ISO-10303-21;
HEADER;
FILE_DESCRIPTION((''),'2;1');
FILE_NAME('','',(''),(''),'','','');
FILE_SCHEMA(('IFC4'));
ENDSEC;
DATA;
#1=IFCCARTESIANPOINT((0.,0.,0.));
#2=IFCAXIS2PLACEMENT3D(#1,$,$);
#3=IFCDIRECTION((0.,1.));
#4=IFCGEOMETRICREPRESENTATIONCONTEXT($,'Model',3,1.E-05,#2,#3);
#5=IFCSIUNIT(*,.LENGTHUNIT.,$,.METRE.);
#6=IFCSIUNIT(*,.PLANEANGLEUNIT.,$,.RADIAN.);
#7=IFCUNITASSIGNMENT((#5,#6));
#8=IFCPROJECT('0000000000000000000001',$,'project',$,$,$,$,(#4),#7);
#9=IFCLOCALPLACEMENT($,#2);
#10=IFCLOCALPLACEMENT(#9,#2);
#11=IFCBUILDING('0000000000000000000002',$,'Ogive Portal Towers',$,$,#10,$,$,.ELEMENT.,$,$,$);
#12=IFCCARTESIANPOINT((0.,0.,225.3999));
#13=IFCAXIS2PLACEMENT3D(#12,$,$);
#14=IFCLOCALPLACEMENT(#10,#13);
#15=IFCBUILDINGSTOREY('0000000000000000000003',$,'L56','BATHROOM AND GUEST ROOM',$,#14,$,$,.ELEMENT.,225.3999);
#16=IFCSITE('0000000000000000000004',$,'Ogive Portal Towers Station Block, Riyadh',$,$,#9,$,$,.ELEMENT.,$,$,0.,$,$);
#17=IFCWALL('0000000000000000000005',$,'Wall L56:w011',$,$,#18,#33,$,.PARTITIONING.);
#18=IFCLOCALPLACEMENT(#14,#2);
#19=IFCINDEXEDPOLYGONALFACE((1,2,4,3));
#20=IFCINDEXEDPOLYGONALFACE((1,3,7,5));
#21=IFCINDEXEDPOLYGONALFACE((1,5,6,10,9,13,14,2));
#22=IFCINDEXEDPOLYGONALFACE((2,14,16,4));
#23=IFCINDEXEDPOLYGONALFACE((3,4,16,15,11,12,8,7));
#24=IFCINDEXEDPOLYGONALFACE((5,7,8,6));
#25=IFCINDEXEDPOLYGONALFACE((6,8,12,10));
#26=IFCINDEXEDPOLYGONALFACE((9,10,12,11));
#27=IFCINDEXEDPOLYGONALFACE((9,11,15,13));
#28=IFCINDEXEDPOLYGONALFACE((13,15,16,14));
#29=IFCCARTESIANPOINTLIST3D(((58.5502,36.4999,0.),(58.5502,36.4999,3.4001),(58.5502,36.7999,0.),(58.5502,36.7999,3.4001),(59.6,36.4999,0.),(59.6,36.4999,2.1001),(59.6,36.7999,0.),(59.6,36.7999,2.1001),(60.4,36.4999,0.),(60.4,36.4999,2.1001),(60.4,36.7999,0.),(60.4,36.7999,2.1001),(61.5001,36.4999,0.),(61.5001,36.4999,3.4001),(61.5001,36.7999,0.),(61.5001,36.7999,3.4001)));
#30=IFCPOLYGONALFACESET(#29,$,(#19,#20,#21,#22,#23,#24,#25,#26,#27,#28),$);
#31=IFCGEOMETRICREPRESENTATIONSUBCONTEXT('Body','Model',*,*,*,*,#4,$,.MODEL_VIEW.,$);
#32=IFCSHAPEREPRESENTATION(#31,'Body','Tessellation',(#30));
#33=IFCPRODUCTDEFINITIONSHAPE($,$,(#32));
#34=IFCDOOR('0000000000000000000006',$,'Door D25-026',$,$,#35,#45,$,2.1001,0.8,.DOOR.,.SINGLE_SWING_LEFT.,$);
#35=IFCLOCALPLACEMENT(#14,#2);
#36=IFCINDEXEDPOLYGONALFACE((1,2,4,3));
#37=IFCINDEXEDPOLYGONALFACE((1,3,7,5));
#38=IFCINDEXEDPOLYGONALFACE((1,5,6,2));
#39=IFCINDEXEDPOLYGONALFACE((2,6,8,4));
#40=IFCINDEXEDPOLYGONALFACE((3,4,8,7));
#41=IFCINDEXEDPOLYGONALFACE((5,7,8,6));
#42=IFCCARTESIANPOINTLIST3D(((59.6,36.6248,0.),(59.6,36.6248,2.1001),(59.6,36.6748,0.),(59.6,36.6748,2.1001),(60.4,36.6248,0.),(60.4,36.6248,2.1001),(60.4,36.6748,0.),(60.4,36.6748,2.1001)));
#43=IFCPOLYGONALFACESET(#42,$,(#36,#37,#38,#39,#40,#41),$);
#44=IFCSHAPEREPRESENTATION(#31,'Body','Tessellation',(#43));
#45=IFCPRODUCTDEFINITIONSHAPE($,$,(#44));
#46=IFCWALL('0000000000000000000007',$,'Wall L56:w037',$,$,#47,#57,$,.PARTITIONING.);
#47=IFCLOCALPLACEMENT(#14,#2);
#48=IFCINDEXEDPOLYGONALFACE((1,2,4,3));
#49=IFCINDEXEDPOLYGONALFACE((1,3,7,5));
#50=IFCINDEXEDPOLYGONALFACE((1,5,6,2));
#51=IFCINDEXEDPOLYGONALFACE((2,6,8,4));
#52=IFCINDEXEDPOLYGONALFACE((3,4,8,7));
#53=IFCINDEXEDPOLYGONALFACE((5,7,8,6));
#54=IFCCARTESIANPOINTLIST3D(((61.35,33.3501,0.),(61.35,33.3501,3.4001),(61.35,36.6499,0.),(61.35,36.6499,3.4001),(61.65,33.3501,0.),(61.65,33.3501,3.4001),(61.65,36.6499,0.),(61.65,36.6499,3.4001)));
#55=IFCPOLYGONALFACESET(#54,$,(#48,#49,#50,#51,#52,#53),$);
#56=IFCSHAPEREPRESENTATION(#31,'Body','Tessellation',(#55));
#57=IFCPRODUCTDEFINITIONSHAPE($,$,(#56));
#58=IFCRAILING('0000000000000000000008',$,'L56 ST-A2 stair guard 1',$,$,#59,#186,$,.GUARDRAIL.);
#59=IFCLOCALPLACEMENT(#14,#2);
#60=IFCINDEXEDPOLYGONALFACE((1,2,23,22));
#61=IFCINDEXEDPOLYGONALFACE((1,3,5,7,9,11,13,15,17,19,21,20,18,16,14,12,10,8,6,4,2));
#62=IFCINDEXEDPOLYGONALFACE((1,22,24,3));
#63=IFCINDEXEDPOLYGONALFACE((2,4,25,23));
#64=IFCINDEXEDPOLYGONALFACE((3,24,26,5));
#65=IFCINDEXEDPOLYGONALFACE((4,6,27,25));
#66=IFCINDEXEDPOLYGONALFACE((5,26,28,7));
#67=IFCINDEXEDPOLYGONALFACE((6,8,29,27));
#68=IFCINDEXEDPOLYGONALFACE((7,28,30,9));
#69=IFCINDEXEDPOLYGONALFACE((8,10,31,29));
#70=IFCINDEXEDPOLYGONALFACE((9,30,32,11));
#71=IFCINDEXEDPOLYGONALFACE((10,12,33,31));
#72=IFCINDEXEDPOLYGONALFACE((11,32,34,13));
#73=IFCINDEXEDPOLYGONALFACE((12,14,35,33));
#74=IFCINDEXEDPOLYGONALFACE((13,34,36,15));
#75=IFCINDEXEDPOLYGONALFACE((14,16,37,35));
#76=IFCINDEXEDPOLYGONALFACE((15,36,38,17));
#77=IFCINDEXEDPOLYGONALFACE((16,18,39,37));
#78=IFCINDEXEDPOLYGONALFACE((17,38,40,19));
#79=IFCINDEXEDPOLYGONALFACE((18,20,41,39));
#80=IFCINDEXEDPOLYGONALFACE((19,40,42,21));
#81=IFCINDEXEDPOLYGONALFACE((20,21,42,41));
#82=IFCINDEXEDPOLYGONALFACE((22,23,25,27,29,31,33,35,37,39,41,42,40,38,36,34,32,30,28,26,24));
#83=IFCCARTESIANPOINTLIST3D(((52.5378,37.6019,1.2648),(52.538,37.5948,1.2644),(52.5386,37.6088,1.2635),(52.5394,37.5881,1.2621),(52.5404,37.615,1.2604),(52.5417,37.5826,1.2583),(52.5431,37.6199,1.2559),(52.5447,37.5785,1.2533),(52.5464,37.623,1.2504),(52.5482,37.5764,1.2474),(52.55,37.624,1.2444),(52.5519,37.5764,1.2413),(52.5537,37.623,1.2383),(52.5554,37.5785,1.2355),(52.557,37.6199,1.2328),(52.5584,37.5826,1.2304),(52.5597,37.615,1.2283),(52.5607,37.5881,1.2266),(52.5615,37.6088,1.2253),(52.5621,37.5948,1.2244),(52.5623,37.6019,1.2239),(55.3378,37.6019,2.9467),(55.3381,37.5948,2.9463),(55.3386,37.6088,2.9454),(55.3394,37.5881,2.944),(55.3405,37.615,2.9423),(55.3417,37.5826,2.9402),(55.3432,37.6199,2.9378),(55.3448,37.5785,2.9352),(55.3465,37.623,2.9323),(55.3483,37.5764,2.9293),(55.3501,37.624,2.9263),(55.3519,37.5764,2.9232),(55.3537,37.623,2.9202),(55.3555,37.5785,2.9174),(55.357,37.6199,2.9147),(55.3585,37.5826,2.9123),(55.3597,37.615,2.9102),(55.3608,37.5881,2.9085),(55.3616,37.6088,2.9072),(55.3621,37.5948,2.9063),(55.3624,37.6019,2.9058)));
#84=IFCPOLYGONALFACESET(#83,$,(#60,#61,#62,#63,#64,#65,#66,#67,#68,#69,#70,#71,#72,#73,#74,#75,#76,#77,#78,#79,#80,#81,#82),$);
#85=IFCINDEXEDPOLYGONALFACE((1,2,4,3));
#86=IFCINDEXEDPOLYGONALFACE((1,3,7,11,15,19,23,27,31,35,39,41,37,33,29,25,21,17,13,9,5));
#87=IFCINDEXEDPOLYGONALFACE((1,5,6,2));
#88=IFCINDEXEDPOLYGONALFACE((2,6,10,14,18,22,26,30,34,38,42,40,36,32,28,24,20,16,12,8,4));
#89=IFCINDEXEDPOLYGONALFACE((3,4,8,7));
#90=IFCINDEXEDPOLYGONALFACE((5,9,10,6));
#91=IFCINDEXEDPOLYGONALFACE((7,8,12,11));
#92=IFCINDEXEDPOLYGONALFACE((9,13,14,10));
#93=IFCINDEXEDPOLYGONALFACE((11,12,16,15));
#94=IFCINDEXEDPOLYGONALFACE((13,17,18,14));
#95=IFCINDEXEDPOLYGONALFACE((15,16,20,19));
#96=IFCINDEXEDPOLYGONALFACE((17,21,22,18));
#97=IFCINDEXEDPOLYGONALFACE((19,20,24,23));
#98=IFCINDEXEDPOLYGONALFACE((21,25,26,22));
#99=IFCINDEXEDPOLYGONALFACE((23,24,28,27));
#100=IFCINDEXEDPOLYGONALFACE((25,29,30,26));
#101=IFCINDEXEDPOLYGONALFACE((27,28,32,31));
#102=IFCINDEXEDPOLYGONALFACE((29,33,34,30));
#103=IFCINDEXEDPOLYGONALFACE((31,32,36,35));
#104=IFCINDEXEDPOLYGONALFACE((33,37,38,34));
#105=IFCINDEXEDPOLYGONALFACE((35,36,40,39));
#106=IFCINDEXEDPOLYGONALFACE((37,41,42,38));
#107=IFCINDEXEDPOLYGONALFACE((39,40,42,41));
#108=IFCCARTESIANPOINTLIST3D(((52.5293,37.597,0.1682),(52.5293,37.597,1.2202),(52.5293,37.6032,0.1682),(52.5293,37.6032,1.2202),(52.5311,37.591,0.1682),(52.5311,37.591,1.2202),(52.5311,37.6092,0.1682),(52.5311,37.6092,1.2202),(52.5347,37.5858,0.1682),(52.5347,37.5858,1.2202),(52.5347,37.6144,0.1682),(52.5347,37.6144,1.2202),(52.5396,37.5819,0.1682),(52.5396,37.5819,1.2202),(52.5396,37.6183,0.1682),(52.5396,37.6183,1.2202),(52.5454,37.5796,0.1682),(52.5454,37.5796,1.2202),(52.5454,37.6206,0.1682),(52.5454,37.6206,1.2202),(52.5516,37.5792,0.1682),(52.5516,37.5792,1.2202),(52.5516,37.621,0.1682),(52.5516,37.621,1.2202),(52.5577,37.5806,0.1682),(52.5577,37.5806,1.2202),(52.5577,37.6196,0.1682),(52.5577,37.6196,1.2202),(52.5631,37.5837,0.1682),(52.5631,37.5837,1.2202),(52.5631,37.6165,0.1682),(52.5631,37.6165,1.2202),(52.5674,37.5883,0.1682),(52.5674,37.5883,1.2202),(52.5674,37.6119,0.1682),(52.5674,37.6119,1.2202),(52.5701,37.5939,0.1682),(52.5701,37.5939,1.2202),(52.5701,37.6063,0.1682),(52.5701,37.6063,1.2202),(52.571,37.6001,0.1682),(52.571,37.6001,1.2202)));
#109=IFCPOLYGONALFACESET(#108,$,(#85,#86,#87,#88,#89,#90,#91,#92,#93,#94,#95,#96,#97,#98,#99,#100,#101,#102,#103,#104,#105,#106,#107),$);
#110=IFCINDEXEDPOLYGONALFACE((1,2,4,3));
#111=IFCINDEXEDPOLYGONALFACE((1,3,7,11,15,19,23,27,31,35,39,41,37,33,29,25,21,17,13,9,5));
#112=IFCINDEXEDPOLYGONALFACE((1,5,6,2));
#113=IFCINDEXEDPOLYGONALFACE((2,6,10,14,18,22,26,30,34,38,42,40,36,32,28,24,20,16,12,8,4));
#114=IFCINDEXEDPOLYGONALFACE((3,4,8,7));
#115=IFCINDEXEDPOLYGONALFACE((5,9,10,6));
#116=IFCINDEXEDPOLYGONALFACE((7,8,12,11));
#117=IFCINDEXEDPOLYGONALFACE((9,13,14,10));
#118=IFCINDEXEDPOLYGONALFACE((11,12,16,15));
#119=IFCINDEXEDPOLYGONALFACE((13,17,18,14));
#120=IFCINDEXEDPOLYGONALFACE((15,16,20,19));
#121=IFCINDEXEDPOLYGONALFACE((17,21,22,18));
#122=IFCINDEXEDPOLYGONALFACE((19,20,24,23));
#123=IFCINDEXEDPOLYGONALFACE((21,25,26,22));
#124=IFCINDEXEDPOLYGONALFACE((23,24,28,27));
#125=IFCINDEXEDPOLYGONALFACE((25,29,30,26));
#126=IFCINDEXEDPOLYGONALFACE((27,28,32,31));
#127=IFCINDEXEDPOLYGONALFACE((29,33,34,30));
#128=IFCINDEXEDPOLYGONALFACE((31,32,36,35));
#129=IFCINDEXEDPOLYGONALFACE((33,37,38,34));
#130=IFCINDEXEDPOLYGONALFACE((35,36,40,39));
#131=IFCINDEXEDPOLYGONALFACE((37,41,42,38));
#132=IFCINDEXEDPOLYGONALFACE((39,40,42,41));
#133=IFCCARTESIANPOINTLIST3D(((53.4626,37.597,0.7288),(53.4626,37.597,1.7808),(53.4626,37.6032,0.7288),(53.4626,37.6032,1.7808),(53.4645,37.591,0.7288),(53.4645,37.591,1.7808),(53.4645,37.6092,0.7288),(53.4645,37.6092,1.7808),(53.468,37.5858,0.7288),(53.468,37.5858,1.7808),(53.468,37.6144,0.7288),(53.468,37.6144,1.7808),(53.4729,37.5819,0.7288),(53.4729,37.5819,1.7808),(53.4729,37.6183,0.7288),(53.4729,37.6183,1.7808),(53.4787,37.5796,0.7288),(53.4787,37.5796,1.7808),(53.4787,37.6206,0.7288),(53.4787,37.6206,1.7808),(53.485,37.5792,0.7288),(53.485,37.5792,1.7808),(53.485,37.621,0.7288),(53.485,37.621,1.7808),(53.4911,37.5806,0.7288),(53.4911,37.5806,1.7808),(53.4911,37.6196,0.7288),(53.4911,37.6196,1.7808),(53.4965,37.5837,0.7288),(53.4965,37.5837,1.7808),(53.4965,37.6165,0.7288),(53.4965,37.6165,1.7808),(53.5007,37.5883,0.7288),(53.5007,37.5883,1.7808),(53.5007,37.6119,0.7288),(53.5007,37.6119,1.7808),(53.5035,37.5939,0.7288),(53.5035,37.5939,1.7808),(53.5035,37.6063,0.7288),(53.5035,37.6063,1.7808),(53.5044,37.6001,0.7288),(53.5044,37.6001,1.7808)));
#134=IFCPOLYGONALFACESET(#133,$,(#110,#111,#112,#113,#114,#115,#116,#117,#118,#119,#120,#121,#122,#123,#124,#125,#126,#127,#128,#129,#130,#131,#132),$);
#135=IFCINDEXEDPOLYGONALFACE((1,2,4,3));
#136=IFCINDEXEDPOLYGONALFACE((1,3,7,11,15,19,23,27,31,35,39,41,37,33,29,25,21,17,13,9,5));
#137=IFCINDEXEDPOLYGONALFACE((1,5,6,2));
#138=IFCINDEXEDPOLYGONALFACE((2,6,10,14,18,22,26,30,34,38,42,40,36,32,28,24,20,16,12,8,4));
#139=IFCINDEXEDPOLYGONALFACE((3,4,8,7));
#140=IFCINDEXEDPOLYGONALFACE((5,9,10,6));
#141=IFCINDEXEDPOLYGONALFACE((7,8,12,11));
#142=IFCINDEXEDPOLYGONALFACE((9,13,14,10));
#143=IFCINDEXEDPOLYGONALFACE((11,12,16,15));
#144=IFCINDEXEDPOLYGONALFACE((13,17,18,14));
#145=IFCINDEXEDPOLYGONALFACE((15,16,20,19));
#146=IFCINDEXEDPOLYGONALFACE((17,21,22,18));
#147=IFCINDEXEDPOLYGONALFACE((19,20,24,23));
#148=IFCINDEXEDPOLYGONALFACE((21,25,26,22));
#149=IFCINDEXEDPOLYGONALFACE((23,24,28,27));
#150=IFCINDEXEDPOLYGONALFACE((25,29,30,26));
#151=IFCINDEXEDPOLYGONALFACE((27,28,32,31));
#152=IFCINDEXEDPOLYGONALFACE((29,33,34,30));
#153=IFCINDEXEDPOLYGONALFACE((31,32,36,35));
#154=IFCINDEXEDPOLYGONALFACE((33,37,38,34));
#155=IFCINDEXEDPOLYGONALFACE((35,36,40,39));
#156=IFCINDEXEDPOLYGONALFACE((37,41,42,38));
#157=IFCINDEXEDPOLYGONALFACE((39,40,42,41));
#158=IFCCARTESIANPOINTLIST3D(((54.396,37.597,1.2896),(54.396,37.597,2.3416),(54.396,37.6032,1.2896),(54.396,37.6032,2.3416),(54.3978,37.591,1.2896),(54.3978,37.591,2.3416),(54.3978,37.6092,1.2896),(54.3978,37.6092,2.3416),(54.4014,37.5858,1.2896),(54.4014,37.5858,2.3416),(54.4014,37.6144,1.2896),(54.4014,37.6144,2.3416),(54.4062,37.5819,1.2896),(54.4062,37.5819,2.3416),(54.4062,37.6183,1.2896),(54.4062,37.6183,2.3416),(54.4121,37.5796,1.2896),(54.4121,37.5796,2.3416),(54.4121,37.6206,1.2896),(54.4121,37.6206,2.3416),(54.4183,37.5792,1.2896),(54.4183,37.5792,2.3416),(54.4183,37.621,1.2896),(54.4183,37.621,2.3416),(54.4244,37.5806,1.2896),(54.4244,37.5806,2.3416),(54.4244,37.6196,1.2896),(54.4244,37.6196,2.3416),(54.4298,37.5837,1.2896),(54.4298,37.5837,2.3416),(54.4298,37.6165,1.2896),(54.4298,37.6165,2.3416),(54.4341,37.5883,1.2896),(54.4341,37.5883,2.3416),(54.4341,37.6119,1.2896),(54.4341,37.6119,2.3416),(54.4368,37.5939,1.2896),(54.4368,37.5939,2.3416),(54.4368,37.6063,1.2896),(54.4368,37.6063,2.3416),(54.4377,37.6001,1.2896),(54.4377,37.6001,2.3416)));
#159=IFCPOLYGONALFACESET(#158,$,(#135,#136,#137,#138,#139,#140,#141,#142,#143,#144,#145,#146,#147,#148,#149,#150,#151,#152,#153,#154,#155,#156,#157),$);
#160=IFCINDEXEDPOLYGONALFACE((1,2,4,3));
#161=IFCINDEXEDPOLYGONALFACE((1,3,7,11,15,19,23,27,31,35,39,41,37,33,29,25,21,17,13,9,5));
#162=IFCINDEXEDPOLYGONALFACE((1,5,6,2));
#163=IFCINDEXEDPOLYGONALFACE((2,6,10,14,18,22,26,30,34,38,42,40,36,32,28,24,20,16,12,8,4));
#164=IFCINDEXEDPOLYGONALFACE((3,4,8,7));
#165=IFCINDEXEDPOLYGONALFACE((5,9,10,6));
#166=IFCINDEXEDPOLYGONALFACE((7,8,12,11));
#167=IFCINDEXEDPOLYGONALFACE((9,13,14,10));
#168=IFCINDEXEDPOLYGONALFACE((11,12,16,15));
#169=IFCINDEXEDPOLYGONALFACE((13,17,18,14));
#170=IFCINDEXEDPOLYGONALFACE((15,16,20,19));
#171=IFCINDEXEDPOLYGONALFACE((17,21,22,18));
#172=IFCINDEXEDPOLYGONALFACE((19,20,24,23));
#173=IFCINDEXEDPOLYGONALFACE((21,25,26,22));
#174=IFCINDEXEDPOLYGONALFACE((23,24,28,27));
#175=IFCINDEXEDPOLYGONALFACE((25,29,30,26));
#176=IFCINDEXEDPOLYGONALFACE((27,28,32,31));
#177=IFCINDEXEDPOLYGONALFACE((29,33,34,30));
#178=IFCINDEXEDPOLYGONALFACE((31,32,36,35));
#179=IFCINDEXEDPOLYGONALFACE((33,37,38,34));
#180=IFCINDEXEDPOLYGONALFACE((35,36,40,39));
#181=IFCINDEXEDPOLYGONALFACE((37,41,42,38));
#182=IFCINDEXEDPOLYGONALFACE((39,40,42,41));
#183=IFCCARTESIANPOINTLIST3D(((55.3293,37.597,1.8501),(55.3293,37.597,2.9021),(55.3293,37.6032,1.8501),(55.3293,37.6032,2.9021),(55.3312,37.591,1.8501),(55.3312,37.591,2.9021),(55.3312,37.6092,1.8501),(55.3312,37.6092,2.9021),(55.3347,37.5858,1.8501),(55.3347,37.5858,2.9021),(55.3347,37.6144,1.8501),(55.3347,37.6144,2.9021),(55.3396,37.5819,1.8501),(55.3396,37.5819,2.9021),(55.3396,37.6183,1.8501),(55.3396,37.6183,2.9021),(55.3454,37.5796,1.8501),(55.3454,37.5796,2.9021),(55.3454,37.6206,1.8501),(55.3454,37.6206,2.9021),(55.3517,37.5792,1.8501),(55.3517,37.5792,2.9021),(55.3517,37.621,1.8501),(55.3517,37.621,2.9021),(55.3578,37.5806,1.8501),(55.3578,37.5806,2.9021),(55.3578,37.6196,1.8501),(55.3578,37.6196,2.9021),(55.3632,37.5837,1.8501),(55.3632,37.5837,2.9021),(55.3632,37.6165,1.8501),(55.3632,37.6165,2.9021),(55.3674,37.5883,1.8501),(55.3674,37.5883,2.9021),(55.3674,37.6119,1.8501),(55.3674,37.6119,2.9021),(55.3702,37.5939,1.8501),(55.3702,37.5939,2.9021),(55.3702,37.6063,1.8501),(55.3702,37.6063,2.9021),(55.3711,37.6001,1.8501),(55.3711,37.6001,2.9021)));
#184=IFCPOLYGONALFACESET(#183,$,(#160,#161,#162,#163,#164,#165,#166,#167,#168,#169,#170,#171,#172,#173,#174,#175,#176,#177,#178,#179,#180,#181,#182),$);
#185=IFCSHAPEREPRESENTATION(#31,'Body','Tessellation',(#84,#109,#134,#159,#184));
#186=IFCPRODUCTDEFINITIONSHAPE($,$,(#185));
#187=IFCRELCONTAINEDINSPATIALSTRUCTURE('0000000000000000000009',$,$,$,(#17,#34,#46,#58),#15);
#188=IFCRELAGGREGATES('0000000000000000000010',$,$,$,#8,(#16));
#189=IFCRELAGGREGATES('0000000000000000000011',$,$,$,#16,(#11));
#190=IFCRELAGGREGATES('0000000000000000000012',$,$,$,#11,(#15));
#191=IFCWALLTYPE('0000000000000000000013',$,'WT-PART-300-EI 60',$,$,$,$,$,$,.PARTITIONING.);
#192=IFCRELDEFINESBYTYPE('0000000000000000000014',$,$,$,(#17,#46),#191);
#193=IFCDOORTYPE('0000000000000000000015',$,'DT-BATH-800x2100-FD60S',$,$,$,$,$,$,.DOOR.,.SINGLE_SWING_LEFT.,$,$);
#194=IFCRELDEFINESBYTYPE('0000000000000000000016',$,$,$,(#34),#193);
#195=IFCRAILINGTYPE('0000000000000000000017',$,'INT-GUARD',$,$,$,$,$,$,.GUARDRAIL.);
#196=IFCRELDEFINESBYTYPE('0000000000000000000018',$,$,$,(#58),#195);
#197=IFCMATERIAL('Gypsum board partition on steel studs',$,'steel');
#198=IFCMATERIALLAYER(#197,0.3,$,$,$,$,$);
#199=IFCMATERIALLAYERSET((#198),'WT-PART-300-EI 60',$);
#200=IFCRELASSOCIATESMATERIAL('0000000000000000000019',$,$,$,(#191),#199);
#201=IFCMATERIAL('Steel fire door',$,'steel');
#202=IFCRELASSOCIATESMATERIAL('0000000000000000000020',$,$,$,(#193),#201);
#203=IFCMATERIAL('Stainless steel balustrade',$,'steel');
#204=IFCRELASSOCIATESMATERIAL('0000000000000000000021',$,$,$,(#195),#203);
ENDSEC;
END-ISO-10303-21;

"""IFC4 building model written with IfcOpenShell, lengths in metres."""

from ifc_helpers import new_model, si_unit, direction, frame, frame_2d, origin, origin_2d, place, context, subcontext, project, spatial, rectangle, circle, extrude, material, layer, layer_set, type_object, element, fill, save


model = new_model("IFC4")

# Units and contexts
model_context = context("Model", 3, precision=1e-05, world=origin(), true_north=direction((0.0, 1.0)))
body_context = subcontext(model_context, "Body", "Model", "MODEL_VIEW")
ifc_project = project(units=[si_unit("LENGTHUNIT", "METRE"), si_unit("PLANEANGLEUNIT", "RADIAN")], contexts=[model_context])

# Site, building, storey
site_placement = place(None, origin())
site = spatial("IfcSite", under=ifc_project, at=site_placement, Name="Ogive Portal Towers Station Block, Riyadh", CompositionType="ELEMENT", RefElevation=0.0)
building_placement = place(site_placement, origin())
building = spatial("IfcBuilding", under=site, at=building_placement, Name="Ogive Portal Towers", CompositionType="ELEMENT")
storey_placement = place(building_placement, frame((0.0, 0.0, 225.3999)))
storey = spatial("IfcBuildingStorey", under=building, at=storey_placement, Name="L56", Description="BATHROOM AND GUEST ROOM", CompositionType="ELEMENT", Elevation=225.3999)

# Wall, opening, door
ifc_material_1 = material(Name="Gypsum board partition on steel studs", Category="steel")
ifc_layer_1 = layer(ifc_material_1, 0.3)
ifc_layer_set_1 = layer_set([ifc_layer_1], Name="WT-PART-300-EI 60")
wall_type_1 = type_object("IfcWallType", Name="WT-PART-300-EI 60", PredefinedType="PARTITIONING", material=ifc_layer_set_1)
wall_1_placement = place(storey_placement, frame((58.55, 36.6499, 0.0), z_axis=(0.0, 0.0, 1.0), x_axis=(1.0, 0.0, 0.0)))
wall_1 = element("IfcWall", 1, at=wall_1_placement, inside=storey, type_object=wall_type_1, Name="Wall L56:w011", PredefinedType="PARTITIONING", context=body_context, shape_type="SweptSolid", body=[
    extrude(rectangle(XDim=2.95, YDim=0.3, at=frame_2d((1.4751, 0.0))), origin(), (0.0, 0.0, 1.0), 3.4001),
])
opening_1_placement = place(wall_1_placement, frame((1.05, 0.0, 0.0)))
opening_1 = element("IfcOpeningElement", 2, at=opening_1_placement, cuts=wall_1, PredefinedType="OPENING", context=body_context, shape_type="SweptSolid", body=[
    extrude(rectangle(XDim=0.8, YDim=2.1001, at=frame_2d((0.3999, 1.05))), frame((0.0, 0.1602, 0.0), z_axis=(0.0, -1.0, 0.0), x_axis=(1.0, 0.0, 0.0)), (0.0, 0.0, 1.0), 0.3201),
])
ifc_material_2 = material(Name="Steel fire door", Category="steel")
door_type_1 = type_object("IfcDoorType", Name="DT-BATH-800x2100-FD60S", OperationType="SINGLE_SWING_LEFT", PredefinedType="DOOR", material=ifc_material_2)
door_1_placement = place(opening_1_placement, origin())
door_1 = element("IfcDoor", 3, at=door_1_placement, inside=storey, type_object=door_type_1, Name="Door D25-026", OperationType="SINGLE_SWING_LEFT", OverallHeight=2.1001, OverallWidth=0.8, PredefinedType="DOOR", context=body_context, shape_type="SweptSolid", body=[
    extrude(rectangle(XDim=0.8, YDim=2.1001, at=frame_2d((0.3999, 1.05))), frame((0.0, 0.0249, 0.0), z_axis=(0.0, -1.0, 0.0), x_axis=(1.0, 0.0, 0.0)), (0.0, 0.0, 1.0), 0.05),
])
fill(opening_1, door_1)

# Wall
wall_2_placement = place(storey_placement, frame((61.5, 33.3501, 0.0), z_axis=(0.0, 0.0, 1.0), x_axis=(0.0, 1.0, 0.0)))
element("IfcWall", 4, at=wall_2_placement, inside=storey, type_object=wall_type_1, Name="Wall L56:w037", PredefinedType="PARTITIONING", context=body_context, shape_type="SweptSolid", body=[
    extrude(rectangle(XDim=3.2998, YDim=0.3, at=frame_2d((1.6499, 0.0))), origin(), (0.0, 0.0, 1.0), 3.4001),
])

# Railing
ifc_material_3 = material(Name="Stainless steel balustrade", Category="steel")
railing_type_1 = type_object("IfcRailingType", Name="INT-GUARD", PredefinedType="GUARDRAIL", material=ifc_material_3)
railing_1_placement = place(storey_placement, frame((52.55, 37.6001, 0.1682)))
element("IfcRailing", 5, at=railing_1_placement, inside=storey, type_object=railing_type_1, Name="L56 ST-A2 stair guard 1", PredefinedType="GUARDRAIL", context=body_context, shape_type="SweptSolid", body=[
    extrude(circle(Radius=0.0239, at=origin_2d()), frame((0.0, 0.0, 1.0762), z_axis=(0.857242, 0.0, 0.514913), x_axis=(0.0, 1.0, 0.0)), (0.0, 0.0, 1.0), 3.2664),
    extrude(circle(Radius=0.021, at=origin_2d()), origin(), (0.0, 0.0, 1.0), 1.052),
    extrude(circle(Radius=0.021, at=origin_2d()), frame((0.9333, 0.0, 0.5605)), (0.0, 0.0, 1.0), 1.052),
    extrude(circle(Radius=0.021, at=origin_2d()), frame((1.8667, 0.0, 1.1213)), (0.0, 0.0, 1.0), 1.052),
    extrude(circle(Radius=0.021, at=origin_2d()), frame((2.8, 0.0, 1.6819)), (0.0, 0.0, 1.0), 1.052),
])

save(model, "model.ifc")
